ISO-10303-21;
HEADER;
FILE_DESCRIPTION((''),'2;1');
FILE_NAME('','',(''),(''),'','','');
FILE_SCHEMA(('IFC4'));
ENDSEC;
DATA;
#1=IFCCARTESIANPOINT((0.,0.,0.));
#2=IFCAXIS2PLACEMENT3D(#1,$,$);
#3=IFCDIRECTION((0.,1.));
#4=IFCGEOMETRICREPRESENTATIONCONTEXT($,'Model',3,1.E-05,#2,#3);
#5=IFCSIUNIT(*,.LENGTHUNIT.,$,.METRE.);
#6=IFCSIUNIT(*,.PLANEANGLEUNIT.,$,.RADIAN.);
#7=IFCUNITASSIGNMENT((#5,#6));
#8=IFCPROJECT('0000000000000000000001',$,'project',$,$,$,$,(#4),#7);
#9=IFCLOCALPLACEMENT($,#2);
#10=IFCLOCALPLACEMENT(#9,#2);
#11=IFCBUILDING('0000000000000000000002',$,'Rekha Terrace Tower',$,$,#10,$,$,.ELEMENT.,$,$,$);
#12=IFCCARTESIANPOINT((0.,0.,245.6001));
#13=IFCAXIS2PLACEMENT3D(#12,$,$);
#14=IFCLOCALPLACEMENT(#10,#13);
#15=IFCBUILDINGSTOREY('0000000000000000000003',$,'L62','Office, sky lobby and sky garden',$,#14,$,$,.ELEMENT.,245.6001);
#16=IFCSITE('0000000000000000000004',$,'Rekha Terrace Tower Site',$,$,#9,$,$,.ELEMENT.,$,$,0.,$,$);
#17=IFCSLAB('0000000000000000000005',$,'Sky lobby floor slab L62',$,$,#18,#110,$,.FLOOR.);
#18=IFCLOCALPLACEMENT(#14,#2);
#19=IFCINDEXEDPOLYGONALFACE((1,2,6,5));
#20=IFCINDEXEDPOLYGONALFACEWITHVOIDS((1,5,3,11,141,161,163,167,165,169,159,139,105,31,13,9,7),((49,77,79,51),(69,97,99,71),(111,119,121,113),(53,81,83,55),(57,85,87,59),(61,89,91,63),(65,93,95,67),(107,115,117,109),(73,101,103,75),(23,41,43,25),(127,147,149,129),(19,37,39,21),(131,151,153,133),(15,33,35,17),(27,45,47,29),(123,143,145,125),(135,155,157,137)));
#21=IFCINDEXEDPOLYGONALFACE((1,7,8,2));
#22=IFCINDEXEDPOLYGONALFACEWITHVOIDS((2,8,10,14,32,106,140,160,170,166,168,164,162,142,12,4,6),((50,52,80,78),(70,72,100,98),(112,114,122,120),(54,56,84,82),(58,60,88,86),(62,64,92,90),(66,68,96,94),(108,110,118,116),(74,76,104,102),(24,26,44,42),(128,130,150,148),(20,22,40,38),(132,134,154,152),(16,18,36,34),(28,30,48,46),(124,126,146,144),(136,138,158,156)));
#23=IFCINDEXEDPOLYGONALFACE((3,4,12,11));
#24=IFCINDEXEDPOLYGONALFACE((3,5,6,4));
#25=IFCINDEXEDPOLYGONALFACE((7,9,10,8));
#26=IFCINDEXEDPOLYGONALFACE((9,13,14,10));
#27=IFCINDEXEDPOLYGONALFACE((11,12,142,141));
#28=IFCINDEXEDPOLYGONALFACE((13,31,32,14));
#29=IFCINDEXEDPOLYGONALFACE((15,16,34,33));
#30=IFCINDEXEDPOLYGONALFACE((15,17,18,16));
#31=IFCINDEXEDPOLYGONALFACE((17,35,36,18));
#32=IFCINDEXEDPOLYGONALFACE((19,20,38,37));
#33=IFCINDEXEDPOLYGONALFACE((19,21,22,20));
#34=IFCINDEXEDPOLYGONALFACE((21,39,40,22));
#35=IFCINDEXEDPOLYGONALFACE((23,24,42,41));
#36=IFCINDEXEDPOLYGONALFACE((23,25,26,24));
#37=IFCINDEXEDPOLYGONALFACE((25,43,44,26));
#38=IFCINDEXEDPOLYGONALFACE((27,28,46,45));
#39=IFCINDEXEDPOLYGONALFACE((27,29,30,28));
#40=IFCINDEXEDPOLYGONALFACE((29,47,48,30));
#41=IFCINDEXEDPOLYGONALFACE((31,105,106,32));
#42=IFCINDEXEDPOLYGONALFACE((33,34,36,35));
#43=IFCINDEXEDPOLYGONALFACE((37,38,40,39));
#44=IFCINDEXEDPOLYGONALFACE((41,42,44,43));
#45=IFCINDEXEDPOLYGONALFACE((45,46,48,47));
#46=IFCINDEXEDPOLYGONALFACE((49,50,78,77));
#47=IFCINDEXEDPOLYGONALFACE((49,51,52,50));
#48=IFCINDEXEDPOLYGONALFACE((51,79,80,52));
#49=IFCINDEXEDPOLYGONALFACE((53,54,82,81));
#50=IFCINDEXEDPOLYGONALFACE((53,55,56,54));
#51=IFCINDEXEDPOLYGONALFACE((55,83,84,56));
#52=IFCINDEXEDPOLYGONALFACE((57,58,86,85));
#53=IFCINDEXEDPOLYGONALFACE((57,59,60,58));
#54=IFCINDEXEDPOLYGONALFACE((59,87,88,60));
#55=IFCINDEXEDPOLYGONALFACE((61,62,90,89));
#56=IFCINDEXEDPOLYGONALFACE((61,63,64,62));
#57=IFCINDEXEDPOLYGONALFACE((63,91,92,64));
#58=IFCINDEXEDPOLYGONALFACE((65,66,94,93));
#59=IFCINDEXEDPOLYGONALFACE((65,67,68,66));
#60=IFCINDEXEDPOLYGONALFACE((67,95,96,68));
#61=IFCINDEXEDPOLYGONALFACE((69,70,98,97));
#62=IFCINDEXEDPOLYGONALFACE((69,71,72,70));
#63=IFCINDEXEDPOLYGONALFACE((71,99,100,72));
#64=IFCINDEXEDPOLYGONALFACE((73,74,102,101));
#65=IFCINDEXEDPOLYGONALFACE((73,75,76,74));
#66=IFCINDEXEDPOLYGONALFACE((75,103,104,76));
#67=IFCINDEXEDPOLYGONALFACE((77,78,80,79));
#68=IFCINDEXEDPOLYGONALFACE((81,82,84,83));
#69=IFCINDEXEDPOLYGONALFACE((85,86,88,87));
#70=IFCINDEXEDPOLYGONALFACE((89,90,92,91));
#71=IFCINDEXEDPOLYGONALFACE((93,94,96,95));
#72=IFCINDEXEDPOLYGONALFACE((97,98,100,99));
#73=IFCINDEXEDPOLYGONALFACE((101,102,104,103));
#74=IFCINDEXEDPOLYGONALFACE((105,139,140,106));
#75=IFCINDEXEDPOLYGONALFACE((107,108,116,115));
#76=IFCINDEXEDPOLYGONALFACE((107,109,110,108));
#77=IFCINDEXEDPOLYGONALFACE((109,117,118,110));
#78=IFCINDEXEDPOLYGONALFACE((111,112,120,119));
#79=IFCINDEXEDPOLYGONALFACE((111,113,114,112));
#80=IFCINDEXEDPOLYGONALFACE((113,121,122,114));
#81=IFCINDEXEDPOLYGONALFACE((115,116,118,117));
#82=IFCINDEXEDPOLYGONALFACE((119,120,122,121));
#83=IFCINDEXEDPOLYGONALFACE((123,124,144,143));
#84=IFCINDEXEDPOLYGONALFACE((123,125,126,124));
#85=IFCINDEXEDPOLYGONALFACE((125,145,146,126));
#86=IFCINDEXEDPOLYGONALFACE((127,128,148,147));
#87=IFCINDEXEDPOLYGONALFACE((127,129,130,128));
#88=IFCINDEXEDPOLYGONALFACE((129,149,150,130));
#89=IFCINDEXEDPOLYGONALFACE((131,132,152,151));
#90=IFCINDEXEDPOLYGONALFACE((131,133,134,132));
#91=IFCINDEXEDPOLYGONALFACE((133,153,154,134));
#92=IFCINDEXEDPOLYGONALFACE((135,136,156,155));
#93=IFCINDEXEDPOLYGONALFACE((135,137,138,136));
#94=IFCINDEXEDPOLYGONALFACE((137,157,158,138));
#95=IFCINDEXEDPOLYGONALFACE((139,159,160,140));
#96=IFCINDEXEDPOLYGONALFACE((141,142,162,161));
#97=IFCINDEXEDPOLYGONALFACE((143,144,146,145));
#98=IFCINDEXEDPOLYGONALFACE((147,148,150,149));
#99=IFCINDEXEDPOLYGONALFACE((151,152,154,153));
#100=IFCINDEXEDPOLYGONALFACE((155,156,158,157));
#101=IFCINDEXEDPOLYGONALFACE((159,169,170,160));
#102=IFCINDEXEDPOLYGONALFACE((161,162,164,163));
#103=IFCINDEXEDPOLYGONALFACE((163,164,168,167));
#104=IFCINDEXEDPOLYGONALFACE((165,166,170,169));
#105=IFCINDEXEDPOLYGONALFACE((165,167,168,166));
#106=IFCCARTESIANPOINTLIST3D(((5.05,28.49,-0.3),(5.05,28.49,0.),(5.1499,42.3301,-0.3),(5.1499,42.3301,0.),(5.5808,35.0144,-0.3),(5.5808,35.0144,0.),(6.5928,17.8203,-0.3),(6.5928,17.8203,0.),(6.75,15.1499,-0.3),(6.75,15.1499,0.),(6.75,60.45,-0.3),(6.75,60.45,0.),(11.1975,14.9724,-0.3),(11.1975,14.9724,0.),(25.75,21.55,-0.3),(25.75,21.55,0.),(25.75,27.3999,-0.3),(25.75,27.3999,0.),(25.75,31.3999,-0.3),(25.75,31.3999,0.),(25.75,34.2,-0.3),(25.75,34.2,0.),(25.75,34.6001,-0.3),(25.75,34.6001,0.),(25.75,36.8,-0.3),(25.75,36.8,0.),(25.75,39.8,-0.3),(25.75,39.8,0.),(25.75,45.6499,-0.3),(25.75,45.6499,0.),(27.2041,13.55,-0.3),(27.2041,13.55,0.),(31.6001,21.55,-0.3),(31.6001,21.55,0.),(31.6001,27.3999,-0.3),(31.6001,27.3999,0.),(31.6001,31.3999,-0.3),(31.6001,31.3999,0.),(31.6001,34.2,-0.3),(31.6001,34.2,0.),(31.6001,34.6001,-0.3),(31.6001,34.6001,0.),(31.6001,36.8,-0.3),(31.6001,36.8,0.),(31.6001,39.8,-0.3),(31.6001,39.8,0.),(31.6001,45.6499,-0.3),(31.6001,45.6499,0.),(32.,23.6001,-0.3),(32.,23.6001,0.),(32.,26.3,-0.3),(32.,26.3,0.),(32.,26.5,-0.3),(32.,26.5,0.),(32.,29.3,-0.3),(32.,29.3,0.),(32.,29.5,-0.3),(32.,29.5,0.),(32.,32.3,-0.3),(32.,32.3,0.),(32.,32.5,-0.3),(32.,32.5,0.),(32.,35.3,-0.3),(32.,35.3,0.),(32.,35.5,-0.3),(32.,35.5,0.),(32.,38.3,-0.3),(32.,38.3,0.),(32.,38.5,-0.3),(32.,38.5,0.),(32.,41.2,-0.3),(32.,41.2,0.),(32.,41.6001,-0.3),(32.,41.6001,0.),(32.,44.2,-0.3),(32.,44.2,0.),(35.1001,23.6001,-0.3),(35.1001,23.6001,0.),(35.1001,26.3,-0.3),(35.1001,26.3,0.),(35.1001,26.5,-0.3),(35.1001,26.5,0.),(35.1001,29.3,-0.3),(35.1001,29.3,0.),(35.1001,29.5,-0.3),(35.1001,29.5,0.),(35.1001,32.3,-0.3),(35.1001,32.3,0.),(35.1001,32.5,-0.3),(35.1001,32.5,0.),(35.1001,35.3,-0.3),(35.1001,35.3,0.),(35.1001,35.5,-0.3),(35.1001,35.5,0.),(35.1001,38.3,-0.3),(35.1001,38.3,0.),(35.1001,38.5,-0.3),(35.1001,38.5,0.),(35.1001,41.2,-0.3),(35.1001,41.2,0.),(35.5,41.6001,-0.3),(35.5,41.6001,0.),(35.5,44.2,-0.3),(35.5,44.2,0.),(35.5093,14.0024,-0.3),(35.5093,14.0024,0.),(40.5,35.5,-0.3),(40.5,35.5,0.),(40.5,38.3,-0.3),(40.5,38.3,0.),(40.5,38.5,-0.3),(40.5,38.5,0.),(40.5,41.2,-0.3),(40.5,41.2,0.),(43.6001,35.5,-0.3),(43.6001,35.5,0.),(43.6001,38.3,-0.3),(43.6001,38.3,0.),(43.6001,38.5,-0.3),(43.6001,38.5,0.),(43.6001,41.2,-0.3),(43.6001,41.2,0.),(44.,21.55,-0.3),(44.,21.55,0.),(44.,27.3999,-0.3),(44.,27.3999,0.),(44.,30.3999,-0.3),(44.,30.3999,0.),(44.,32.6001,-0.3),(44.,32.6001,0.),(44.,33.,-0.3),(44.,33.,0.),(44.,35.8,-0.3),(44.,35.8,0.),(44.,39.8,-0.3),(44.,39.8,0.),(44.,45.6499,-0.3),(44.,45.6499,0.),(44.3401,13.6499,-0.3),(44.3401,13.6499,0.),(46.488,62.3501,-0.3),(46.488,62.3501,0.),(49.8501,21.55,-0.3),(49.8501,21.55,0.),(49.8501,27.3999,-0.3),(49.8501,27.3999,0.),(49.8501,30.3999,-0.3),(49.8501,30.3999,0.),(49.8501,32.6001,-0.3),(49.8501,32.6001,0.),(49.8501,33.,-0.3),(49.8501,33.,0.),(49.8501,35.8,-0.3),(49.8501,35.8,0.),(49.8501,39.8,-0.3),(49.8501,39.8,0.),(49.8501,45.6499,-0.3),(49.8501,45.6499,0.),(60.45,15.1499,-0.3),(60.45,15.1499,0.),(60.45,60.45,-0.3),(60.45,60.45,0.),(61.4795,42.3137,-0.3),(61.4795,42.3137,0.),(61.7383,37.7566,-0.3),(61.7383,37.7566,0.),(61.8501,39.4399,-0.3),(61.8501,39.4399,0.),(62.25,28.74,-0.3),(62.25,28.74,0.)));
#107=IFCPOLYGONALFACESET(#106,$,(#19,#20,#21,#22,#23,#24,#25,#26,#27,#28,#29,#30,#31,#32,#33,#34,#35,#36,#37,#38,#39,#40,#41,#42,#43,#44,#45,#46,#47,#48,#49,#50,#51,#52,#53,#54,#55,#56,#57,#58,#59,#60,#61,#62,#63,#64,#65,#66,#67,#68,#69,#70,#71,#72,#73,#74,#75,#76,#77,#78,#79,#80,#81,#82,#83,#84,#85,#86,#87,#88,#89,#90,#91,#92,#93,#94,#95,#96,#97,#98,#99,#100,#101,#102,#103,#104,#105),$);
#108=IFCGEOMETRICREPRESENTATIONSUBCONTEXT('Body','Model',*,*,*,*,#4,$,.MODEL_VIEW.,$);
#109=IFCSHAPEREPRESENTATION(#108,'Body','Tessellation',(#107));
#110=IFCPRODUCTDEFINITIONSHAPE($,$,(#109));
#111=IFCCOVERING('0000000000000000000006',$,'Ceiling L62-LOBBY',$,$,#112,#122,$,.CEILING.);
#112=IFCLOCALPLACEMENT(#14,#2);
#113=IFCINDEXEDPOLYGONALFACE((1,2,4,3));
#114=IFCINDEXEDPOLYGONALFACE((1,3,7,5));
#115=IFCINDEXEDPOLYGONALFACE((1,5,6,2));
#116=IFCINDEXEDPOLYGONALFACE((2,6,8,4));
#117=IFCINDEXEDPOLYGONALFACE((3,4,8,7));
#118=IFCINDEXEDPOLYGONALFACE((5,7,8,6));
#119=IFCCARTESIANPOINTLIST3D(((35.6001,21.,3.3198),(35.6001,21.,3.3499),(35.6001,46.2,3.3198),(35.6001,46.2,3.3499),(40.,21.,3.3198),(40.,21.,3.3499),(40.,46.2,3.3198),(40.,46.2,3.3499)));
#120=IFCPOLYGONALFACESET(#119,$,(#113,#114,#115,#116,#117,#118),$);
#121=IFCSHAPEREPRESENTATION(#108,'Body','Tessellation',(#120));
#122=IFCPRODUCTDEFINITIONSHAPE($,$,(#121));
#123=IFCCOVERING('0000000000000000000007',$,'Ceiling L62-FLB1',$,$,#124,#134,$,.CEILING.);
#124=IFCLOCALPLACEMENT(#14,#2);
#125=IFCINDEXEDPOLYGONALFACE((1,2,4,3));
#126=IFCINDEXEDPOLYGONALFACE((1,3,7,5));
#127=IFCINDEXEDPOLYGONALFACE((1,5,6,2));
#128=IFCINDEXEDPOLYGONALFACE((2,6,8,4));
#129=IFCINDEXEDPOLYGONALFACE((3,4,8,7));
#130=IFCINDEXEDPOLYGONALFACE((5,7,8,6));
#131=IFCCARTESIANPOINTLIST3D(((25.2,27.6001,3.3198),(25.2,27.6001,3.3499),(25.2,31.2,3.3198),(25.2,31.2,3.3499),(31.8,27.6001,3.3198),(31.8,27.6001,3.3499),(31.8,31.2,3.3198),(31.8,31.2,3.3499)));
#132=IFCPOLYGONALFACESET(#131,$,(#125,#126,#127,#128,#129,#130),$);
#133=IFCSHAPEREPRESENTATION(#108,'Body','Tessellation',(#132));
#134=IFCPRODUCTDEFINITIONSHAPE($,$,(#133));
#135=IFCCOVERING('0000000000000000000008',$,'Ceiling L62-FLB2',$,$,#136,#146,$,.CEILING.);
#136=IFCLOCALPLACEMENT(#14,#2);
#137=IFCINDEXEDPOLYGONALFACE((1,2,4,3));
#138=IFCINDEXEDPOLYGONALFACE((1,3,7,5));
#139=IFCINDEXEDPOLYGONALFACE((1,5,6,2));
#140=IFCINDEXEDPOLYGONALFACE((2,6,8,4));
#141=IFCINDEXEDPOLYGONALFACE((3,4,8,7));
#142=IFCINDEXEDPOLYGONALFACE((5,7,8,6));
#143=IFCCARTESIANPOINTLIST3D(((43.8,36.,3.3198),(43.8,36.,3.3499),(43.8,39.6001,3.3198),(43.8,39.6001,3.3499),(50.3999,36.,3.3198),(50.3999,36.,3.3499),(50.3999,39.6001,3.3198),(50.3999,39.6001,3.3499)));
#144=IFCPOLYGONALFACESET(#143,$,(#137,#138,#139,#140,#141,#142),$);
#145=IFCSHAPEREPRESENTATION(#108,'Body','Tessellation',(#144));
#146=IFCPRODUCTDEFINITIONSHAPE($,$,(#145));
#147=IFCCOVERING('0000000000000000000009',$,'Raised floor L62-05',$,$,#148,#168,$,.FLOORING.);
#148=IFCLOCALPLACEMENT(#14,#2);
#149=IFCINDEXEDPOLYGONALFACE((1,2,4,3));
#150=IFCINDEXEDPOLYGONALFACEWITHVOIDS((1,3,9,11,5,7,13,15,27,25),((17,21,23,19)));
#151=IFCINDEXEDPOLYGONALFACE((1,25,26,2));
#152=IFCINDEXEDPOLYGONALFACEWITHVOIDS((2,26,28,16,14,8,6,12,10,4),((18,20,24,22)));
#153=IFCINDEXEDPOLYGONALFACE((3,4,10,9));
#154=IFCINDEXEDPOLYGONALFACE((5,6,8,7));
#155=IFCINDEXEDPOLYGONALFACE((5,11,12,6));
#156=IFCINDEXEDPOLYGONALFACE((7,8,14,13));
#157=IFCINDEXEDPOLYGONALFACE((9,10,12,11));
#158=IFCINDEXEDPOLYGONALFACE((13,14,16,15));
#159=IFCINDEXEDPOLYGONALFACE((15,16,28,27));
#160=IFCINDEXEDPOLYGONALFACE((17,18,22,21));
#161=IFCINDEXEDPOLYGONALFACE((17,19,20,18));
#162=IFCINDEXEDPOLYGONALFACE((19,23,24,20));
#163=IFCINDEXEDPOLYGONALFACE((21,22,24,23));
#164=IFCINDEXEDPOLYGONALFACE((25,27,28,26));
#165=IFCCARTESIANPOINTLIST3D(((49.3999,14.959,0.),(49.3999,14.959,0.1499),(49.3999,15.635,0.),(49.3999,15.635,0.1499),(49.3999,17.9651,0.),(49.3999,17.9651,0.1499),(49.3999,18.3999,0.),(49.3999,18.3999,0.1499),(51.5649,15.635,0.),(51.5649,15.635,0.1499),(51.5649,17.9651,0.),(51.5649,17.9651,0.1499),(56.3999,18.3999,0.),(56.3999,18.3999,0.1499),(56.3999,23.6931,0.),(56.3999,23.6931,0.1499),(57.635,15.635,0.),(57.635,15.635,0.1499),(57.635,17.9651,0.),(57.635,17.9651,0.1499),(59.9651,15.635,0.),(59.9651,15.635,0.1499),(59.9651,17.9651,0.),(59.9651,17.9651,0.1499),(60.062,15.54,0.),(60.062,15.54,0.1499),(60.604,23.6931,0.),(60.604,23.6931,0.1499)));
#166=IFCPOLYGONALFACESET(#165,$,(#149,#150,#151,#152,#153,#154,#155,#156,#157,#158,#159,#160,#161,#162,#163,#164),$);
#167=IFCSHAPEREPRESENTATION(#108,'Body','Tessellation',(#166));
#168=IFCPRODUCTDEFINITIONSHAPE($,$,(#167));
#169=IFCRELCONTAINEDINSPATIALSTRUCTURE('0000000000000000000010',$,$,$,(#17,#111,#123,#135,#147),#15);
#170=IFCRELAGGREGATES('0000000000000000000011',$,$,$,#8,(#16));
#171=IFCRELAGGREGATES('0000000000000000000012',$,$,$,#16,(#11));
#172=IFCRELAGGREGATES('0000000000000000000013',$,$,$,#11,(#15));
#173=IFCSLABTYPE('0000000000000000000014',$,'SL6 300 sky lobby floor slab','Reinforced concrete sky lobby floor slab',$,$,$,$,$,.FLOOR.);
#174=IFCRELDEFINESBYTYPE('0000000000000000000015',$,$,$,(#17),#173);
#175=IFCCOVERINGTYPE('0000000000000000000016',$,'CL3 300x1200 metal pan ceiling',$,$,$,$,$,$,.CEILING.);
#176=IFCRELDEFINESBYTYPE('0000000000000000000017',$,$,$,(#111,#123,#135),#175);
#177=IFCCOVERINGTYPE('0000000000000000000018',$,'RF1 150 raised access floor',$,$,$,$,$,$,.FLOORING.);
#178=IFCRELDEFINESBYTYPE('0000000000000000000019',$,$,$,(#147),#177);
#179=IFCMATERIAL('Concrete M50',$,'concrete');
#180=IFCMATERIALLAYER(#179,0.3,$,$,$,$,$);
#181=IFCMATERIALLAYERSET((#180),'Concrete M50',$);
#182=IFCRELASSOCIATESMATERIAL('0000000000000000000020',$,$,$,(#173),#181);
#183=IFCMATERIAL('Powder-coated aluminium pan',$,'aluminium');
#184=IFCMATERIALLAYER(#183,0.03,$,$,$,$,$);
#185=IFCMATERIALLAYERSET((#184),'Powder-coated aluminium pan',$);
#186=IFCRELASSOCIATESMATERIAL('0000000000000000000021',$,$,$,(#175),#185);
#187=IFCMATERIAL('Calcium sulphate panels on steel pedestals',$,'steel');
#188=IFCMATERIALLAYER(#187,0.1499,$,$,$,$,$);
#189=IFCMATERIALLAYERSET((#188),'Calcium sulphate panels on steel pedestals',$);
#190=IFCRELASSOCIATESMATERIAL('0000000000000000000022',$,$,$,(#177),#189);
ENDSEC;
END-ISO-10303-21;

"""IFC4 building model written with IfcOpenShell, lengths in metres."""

from ifc_helpers import new_model, si_unit, direction, frame, origin, place, context, subcontext, project, spatial, polyline, outline, extrude, material, layer, layer_set, type_object, element, save


model = new_model("IFC4")

# Units and contexts
model_context = context("Model", 3, precision=1e-05, world=origin(), true_north=direction((0.0, 1.0)))
body_context = subcontext(model_context, "Body", "Model", "MODEL_VIEW")
ifc_project = project(units=[si_unit("LENGTHUNIT", "METRE"), si_unit("PLANEANGLEUNIT", "RADIAN")], contexts=[model_context])

# Site, building, storey
site_placement = place(None, origin())
site = spatial("IfcSite", under=ifc_project, at=site_placement, Name="Rekha Terrace Tower Site", CompositionType="ELEMENT", RefElevation=0.0)
building_placement = place(site_placement, origin())
building = spatial("IfcBuilding", under=site, at=building_placement, Name="Rekha Terrace Tower", CompositionType="ELEMENT")
storey_placement = place(building_placement, frame((0.0, 0.0, 245.6001)))
storey = spatial("IfcBuildingStorey", under=building, at=storey_placement, Name="L62", Description="Office, sky lobby and sky garden", CompositionType="ELEMENT", Elevation=245.6001)

# Slab
ifc_material_1 = material(Name="Concrete M50", Category="concrete")
ifc_layer_1 = layer(ifc_material_1, 0.3)
ifc_layer_set_1 = layer_set([ifc_layer_1], Name="Concrete M50")
slab_type_1 = type_object("IfcSlabType", Name="SL6 300 sky lobby floor slab", Description="Reinforced concrete sky lobby floor slab", PredefinedType="FLOOR", material=ifc_layer_set_1)
slab_1_placement = place(storey_placement, frame((0.0, 0.0, -0.3)))
element("IfcSlab", 1, at=slab_1_placement, inside=storey, type_object=slab_type_1, Name="Sky lobby floor slab L62", PredefinedType="FLOOR", context=body_context, shape_type="SweptSolid", body=[
    extrude(outline(polyline([(5.05, 28.49), (5.05, 28.49), (5.05, 28.49), (5.05, 28.49), (5.05, 28.49), (6.5928, 17.8203), (6.5928, 17.8203), (6.5928, 17.8203), (6.5928, 17.8203), (6.75, 15.1499), (6.75, 15.1499), (6.75, 15.1499), (6.75, 15.1499), (6.75, 15.1499), (11.1975, 14.9724), (11.1975, 14.9724), (11.1975, 14.9724), (11.1975, 14.9724), (27.2041, 13.55), (27.2041, 13.55), (27.2041, 13.55), (27.2041, 13.55), (27.2041, 13.55), (27.2041, 13.55), (27.2041, 13.55), (27.2041, 13.55), (35.5093, 14.0024), (35.5093, 14.0024), (44.3401, 13.6499), (44.3401, 13.6499), (60.45, 15.1499), (60.45, 15.1499), (60.45, 15.1499), (62.25, 28.74), (62.25, 28.74), (62.25, 28.74), (61.7383, 37.7566), (61.7383, 37.7566), (61.8501, 39.4399), (61.8501, 39.4399), (61.8501, 39.4399), (61.8501, 39.4399), (61.8501, 39.4399), (61.8501, 39.4399), (61.4795, 42.3137), (61.4795, 42.3137), (61.4795, 42.3137), (61.4795, 42.3137), (61.4795, 42.3137), (61.4795, 42.3137), (61.4795, 42.3137), (61.4795, 42.3137), (60.45, 60.45), (60.45, 60.45), (60.45, 60.45), (60.45, 60.45), (60.45, 60.45), (60.45, 60.45), (60.45, 60.45), (46.488, 62.3501), (46.488, 62.3501), (46.488, 62.3501), (46.488, 62.3501), (46.488, 62.3501), (46.488, 62.3501), (6.75, 60.45), (6.75, 60.45), (6.75, 60.45), (6.75, 60.45), (6.75, 60.45), (6.75, 60.45), (6.75, 60.45), (5.1499, 42.3301), (5.1499, 42.3301), (5.1499, 42.3301), (5.1499, 42.3301), (5.1499, 42.3301), (5.1499, 42.3301), (5.1499, 42.3301), (5.1499, 42.3301), (5.5808, 35.0144), (5.5808, 35.0144), (5.5808, 35.0144), (5.5808, 35.0144), (5.5808, 35.0144), (5.5808, 35.0144), (5.5808, 35.0144), (5.5808, 35.0144), (5.05, 28.49), (5.05, 28.49)]), holes=[polyline([(31.6001, 27.3999), (31.6001, 21.55), (25.75, 21.55), (25.75, 27.3999), (31.6001, 27.3999)]), polyline([(35.1001, 26.3), (35.1001, 23.6001), (32.0, 23.6001), (32.0, 26.3), (35.1001, 26.3)]), polyline([(35.1001, 29.3), (35.1001, 26.5), (32.0, 26.5), (32.0, 29.3), (35.1001, 29.3)]), polyline([(35.1001, 32.3), (35.1001, 29.5), (32.0, 29.5), (32.0, 32.3), (35.1001, 32.3)]), polyline([(31.6001, 34.2), (31.6001, 31.3999), (25.75, 31.3999), (25.75, 34.2), (31.6001, 34.2)]), polyline([(35.1001, 35.3), (35.1001, 32.5), (32.0, 32.5), (32.0, 35.3), (35.1001, 35.3)]), polyline([(31.6001, 36.8), (31.6001, 34.6001), (25.75, 34.6001), (25.75, 36.8), (31.6001, 36.8)]), polyline([(35.1001, 38.3), (35.1001, 35.5), (32.0, 35.5), (32.0, 38.3), (35.1001, 38.3)]), polyline([(31.6001, 45.6499), (31.6001, 39.8), (25.75, 39.8), (25.75, 45.6499), (31.6001, 45.6499)]), polyline([(49.8501, 27.3999), (49.8501, 21.55), (44.0, 21.55), (44.0, 27.3999), (49.8501, 27.3999)]), polyline([(49.8501, 32.6001), (49.8501, 30.3999), (44.0, 30.3999), (44.0, 32.6001), (49.8501, 32.6001)]), polyline([(49.8501, 35.8), (49.8501, 33.0), (44.0, 33.0), (44.0, 35.8), (49.8501, 35.8)]), polyline([(43.6001, 38.3), (43.6001, 35.5), (40.5, 35.5), (40.5, 38.3), (43.6001, 38.3)]), polyline([(35.1001, 41.2), (35.1001, 38.5), (32.0, 38.5), (32.0, 41.2), (35.1001, 41.2)]), polyline([(43.6001, 41.2), (43.6001, 38.5), (40.5, 38.5), (40.5, 41.2), (43.6001, 41.2)]), polyline([(49.8501, 39.8), (44.0, 39.8), (44.0, 45.6499), (49.8501, 45.6499), (49.8501, 39.8)]), polyline([(35.5, 41.6001), (32.0, 41.6001), (32.0, 44.2), (35.5, 44.2), (35.5, 41.6001)])]), origin(), (0.0, 0.0, 1.0), 0.3),
])

# Coverings
ifc_material_2 = material(Name="Powder-coated aluminium pan", Category="aluminium")
ifc_layer_2 = layer(ifc_material_2, 0.03)
ifc_layer_set_2 = layer_set([ifc_layer_2], Name="Powder-coated aluminium pan")
covering_type_1 = type_object("IfcCoveringType", Name="CL3 300x1200 metal pan ceiling", PredefinedType="CEILING", material=ifc_layer_set_2)
covering_1_placement = place(storey_placement, frame((0.0, 0.0, 3.3198)))
element("IfcCovering", 2, at=covering_1_placement, inside=storey, type_object=covering_type_1, Name="Ceiling L62-LOBBY", PredefinedType="CEILING", context=body_context, shape_type="SweptSolid", body=[
    extrude(outline(polyline([(40.0, 46.2), (35.6001, 46.2), (35.6001, 21.0), (40.0, 21.0), (40.0, 46.2)])), origin(), (0.0, 0.0, 1.0), 0.03),
])
covering_2_placement = place(storey_placement, frame((0.0, 0.0, 3.3198)))
element("IfcCovering", 3, at=covering_2_placement, inside=storey, type_object=covering_type_1, Name="Ceiling L62-FLB1", PredefinedType="CEILING", context=body_context, shape_type="SweptSolid", body=[
    extrude(outline(polyline([(31.8, 31.2), (25.2, 31.2), (25.2, 27.6001), (31.8, 27.6001), (31.8, 31.2)])), origin(), (0.0, 0.0, 1.0), 0.03),
])
covering_3_placement = place(storey_placement, frame((0.0, 0.0, 3.3198)))
element("IfcCovering", 4, at=covering_3_placement, inside=storey, type_object=covering_type_1, Name="Ceiling L62-FLB2", PredefinedType="CEILING", context=body_context, shape_type="SweptSolid", body=[
    extrude(outline(polyline([(50.3999, 39.6001), (43.8, 39.6001), (43.8, 36.0), (50.3999, 36.0), (50.3999, 39.6001)])), origin(), (0.0, 0.0, 1.0), 0.03),
])
ifc_material_3 = material(Name="Calcium sulphate panels on steel pedestals", Category="steel")
ifc_layer_3 = layer(ifc_material_3, 0.1499)
ifc_layer_set_3 = layer_set([ifc_layer_3], Name="Calcium sulphate panels on steel pedestals")
covering_type_2 = type_object("IfcCoveringType", Name="RF1 150 raised access floor", PredefinedType="FLOORING", material=ifc_layer_set_3)
covering_4_placement = place(storey_placement, origin())
element("IfcCovering", 5, at=covering_4_placement, inside=storey, type_object=covering_type_2, Name="Raised floor L62-05", PredefinedType="FLOORING", context=body_context, shape_type="SweptSolid", body=[
    extrude(outline(polyline([(56.3999, 23.6931), (56.3999, 18.3999), (49.3999, 18.3999), (49.3999, 17.9651), (51.5649, 17.9651), (51.5649, 15.635), (49.3999, 15.635), (49.3999, 14.959), (60.062, 15.54), (60.604, 23.6931), (56.3999, 23.6931)]), holes=[polyline([(59.9651, 17.9651), (59.9651, 15.635), (57.635, 15.635), (57.635, 17.9651), (59.9651, 17.9651)])]), origin(), (0.0, 0.0, 1.0), 0.1499),
])

save(model, "model.ifc")
